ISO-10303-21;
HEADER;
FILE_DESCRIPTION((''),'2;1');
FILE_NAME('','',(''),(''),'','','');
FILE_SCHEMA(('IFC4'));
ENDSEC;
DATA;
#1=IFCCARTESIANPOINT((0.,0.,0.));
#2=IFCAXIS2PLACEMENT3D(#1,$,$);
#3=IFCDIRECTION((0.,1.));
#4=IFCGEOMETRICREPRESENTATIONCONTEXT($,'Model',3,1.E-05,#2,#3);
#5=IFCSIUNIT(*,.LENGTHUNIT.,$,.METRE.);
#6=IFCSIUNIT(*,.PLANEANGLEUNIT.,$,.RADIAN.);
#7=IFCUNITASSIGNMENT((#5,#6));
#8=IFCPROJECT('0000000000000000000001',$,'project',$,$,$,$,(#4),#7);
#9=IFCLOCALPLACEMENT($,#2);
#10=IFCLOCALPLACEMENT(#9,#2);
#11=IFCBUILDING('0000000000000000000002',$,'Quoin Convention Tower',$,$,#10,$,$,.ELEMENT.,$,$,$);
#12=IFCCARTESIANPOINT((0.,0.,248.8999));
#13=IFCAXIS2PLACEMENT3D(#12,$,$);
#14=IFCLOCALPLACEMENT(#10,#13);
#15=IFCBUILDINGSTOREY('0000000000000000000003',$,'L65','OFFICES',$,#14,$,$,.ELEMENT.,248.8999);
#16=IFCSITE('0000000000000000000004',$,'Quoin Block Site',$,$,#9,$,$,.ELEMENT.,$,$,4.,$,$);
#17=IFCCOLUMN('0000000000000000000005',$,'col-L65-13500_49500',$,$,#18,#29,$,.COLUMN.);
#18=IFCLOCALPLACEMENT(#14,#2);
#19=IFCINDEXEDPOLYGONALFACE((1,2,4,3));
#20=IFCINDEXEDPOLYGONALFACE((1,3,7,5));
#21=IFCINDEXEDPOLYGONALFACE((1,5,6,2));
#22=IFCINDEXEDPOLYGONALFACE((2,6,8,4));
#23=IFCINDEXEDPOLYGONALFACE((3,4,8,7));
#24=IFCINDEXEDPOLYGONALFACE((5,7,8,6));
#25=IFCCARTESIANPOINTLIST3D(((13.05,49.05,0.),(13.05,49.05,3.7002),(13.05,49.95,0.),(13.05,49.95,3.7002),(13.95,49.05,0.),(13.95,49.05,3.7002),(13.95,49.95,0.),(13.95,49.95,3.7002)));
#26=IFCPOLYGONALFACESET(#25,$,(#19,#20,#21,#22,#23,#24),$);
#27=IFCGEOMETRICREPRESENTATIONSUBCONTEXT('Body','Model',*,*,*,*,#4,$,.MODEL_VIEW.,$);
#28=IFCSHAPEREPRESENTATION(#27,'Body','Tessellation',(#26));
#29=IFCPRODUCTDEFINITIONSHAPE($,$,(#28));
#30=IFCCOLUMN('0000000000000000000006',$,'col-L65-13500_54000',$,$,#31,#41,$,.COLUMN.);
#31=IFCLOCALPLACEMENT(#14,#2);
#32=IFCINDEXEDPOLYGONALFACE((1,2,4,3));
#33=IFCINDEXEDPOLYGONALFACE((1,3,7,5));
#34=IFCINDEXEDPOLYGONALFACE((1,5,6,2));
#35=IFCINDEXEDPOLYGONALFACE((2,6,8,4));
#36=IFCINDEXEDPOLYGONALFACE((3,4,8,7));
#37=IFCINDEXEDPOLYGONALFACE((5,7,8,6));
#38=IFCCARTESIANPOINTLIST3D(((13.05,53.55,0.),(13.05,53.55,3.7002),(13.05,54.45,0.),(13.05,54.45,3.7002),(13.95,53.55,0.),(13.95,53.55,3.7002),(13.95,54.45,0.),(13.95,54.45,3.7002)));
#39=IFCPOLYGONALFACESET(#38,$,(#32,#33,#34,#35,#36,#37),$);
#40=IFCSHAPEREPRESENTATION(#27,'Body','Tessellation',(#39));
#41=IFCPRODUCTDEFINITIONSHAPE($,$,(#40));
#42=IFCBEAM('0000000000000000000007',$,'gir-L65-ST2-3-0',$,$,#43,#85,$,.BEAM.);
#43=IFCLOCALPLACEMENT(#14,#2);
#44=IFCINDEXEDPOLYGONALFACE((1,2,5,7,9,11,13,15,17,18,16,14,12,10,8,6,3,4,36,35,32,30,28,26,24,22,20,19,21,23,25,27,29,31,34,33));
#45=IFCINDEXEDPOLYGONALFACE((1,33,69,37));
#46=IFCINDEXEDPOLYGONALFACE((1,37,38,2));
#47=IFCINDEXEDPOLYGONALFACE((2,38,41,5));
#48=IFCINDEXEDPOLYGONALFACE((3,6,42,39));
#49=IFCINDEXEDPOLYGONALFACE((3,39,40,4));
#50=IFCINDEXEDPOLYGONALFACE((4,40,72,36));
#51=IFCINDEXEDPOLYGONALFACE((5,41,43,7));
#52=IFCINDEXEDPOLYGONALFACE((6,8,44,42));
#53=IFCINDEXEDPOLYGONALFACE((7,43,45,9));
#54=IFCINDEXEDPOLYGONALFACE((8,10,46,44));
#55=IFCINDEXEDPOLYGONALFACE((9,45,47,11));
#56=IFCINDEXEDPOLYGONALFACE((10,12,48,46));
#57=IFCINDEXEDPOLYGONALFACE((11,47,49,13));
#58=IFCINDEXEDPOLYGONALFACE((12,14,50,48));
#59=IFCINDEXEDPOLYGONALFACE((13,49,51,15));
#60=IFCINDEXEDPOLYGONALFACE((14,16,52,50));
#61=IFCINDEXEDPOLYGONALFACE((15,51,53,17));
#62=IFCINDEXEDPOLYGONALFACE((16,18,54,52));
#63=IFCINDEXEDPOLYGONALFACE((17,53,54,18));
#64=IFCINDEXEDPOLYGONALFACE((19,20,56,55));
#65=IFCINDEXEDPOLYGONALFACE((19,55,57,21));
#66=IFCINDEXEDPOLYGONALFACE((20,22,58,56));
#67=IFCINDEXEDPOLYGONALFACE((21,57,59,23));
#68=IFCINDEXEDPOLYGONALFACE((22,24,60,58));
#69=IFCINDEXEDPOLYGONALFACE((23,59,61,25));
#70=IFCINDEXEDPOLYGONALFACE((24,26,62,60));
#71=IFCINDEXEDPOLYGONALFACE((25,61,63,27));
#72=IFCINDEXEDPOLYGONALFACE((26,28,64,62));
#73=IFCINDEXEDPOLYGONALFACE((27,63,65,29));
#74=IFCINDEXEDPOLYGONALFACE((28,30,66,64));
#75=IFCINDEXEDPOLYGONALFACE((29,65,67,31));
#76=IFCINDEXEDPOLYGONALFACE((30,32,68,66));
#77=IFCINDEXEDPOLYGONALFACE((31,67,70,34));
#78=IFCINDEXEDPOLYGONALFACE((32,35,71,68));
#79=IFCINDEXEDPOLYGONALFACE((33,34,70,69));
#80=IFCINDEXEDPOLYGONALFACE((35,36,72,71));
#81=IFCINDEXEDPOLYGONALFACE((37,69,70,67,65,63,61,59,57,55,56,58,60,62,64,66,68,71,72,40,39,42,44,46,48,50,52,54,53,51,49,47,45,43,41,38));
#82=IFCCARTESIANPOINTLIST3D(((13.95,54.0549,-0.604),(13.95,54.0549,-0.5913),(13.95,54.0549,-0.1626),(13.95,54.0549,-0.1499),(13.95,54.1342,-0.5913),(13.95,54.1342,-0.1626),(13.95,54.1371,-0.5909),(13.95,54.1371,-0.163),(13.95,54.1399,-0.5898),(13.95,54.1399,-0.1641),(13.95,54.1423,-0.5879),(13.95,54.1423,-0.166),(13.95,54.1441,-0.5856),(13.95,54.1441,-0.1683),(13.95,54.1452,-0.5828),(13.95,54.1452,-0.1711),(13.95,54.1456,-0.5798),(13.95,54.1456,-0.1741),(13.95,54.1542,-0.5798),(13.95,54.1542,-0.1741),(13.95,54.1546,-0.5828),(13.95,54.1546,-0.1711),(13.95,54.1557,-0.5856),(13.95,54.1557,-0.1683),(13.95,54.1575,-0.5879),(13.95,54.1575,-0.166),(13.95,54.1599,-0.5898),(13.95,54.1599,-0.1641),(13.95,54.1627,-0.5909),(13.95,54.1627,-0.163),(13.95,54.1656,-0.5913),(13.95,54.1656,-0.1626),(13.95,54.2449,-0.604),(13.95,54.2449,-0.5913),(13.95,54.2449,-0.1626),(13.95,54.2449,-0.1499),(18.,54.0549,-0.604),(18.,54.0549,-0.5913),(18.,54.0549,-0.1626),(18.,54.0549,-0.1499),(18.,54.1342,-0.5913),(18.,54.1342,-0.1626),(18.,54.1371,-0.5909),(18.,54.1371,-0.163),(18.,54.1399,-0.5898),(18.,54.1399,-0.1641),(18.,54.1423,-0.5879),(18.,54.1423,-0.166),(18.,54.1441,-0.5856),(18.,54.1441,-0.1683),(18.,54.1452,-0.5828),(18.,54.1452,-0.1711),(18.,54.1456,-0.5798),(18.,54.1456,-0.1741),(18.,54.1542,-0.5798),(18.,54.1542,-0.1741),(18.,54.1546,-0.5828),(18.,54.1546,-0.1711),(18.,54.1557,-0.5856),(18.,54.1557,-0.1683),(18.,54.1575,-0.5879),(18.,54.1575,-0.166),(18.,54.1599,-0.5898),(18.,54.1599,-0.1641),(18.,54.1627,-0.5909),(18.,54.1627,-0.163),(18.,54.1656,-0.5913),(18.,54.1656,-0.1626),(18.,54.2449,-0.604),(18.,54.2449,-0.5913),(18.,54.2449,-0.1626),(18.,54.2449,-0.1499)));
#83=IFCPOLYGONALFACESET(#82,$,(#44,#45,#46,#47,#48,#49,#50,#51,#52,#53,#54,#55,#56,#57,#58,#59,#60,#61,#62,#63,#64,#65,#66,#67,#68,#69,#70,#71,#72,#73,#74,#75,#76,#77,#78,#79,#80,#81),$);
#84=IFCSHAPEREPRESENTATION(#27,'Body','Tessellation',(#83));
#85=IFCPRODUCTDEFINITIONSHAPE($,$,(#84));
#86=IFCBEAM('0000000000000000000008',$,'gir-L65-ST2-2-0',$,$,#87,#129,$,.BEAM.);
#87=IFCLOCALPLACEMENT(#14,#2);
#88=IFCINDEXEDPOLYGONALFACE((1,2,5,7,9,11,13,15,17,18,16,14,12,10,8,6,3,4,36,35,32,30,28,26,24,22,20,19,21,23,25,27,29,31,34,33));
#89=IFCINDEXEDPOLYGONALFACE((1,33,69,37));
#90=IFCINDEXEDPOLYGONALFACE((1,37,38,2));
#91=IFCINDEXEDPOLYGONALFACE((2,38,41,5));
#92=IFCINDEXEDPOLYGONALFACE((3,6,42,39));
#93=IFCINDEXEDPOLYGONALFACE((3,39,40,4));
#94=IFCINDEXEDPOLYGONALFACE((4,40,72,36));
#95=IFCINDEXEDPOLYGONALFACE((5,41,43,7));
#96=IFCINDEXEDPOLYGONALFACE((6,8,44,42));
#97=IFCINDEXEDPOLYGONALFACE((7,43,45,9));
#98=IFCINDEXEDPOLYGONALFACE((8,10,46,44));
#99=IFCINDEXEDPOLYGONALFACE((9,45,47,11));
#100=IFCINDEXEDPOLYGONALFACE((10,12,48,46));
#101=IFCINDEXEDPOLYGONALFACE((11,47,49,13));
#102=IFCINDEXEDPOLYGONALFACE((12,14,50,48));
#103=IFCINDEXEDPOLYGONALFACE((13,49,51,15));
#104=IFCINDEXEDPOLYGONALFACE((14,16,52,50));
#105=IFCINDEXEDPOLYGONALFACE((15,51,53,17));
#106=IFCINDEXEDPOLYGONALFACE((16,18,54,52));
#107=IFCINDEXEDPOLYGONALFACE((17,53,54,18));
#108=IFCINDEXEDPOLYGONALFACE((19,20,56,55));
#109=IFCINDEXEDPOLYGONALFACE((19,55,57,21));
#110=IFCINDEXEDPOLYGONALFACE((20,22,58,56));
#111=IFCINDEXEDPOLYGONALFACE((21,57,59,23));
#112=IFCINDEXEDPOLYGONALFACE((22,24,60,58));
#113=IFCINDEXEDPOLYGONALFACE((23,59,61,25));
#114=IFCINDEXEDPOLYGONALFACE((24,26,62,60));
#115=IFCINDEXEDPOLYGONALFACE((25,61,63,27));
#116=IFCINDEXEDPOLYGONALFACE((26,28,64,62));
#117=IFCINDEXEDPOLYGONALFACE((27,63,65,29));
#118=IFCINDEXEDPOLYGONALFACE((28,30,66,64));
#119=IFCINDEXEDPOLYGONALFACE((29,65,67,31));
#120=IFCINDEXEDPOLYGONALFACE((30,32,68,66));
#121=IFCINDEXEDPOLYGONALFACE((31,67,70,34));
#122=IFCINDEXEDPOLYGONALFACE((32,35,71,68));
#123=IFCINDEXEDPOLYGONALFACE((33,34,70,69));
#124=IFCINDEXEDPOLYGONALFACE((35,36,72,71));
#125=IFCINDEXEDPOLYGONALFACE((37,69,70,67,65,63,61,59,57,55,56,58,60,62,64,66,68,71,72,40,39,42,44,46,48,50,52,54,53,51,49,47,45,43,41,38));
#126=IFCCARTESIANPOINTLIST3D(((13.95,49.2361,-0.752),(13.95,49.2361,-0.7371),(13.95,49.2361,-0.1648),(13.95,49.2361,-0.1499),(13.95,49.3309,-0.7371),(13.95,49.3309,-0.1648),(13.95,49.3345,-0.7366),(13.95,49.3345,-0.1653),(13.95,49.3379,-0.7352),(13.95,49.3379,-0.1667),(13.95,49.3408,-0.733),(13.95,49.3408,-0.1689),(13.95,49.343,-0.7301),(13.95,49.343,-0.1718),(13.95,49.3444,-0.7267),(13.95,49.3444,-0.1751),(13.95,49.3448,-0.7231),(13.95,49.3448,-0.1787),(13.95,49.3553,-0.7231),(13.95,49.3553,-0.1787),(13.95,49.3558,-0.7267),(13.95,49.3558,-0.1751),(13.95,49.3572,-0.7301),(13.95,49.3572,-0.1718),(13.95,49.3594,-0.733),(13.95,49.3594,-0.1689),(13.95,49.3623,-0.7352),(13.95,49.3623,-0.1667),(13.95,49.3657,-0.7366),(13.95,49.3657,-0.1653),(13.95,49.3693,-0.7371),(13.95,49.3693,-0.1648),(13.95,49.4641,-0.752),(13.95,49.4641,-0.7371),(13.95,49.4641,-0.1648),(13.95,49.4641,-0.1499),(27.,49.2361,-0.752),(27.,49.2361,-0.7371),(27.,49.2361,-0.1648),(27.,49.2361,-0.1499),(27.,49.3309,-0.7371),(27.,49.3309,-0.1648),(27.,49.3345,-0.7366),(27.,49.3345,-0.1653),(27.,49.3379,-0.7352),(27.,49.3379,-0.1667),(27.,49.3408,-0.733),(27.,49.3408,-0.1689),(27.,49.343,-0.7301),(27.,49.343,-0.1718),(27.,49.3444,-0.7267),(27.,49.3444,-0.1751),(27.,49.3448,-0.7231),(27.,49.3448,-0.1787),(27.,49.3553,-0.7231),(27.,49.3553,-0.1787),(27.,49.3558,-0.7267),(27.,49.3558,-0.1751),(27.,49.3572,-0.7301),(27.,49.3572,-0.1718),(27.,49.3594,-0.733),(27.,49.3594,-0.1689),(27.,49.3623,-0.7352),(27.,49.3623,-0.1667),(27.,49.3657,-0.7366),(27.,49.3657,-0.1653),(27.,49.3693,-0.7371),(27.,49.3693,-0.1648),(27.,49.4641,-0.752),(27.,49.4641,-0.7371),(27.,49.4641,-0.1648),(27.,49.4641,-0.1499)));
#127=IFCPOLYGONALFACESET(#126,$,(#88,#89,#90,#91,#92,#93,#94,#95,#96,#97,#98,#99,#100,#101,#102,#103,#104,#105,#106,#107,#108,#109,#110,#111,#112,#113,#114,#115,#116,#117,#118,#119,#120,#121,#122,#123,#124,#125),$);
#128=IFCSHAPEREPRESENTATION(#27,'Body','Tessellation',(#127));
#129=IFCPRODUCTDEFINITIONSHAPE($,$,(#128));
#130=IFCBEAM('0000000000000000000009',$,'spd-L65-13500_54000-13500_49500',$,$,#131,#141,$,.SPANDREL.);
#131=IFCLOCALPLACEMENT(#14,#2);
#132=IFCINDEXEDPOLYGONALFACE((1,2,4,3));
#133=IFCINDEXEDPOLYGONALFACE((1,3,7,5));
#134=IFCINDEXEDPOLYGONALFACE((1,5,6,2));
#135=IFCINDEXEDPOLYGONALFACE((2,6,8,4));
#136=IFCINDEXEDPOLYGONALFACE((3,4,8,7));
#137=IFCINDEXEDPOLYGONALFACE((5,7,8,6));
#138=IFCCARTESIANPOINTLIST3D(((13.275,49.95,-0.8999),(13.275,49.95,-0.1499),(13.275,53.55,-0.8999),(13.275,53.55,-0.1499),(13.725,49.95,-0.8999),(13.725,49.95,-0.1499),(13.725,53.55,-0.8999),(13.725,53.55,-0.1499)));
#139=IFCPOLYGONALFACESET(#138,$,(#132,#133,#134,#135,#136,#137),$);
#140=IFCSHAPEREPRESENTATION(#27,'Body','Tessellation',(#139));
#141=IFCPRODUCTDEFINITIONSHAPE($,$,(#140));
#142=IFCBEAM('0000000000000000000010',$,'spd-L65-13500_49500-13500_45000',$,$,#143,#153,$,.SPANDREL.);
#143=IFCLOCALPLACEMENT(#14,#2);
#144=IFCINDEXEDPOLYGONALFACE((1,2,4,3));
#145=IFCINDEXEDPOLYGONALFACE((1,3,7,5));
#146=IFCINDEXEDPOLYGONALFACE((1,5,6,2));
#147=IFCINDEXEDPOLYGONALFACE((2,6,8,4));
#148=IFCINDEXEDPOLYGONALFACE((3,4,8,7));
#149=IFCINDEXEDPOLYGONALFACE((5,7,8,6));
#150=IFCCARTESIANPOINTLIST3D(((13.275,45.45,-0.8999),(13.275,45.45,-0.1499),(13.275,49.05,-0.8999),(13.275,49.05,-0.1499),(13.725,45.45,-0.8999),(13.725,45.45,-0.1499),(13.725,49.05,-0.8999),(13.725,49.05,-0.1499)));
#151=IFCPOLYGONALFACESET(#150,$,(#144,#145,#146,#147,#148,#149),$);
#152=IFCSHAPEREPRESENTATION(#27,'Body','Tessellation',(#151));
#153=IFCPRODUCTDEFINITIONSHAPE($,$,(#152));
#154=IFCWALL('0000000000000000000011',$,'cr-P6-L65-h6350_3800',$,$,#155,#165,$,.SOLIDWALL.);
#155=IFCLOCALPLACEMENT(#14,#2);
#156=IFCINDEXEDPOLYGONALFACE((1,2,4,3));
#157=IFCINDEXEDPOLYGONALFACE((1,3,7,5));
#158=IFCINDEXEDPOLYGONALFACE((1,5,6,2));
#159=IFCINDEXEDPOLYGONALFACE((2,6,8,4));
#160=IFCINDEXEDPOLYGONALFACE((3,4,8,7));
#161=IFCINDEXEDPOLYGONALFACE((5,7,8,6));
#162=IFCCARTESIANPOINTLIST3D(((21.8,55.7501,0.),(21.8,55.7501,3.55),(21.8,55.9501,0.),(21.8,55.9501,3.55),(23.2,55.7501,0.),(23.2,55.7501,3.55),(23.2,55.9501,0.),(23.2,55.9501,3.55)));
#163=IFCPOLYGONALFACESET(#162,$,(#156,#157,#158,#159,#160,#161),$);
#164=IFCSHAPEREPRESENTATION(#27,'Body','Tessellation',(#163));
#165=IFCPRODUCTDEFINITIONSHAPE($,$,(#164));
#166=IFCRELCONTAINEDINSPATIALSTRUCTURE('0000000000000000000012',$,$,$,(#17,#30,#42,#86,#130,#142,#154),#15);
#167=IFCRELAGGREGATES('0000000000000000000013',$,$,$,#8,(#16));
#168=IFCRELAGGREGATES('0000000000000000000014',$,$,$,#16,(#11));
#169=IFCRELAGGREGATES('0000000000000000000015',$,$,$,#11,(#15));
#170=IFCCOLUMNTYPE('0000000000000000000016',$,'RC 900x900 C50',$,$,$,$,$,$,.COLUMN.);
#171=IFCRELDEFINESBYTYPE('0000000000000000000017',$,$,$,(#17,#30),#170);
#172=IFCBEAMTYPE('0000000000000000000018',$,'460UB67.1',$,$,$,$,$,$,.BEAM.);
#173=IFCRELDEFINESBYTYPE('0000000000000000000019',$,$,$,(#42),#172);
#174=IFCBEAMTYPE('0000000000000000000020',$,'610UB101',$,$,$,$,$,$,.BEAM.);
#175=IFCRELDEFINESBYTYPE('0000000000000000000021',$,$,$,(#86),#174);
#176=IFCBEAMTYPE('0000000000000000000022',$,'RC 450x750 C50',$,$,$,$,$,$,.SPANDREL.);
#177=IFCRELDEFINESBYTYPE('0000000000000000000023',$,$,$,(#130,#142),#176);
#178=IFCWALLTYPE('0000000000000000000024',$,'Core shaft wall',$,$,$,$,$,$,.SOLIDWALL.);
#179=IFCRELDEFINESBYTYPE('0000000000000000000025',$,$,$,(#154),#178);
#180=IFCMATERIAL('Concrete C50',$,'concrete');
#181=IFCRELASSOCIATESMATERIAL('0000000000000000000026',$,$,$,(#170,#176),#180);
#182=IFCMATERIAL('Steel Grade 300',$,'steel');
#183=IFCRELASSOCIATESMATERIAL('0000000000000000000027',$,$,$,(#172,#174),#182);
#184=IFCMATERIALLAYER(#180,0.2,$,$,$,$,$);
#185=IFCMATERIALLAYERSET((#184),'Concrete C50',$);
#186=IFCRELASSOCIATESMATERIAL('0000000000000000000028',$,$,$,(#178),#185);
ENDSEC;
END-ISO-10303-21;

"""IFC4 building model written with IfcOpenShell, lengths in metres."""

from ifc_helpers import new_model, si_unit, direction, frame, frame_2d, origin, origin_2d, place, context, subcontext, project, spatial, rectangle, i_section, extrude, material, layer, layer_set, material_profile, profile_set, type_object, element, save


model = new_model("IFC4")

# Units and contexts
model_context = context("Model", 3, precision=1e-05, world=origin(), true_north=direction((0.0, 1.0)))
body_context = subcontext(model_context, "Body", "Model", "MODEL_VIEW")
ifc_project = project(units=[si_unit("LENGTHUNIT", "METRE"), si_unit("PLANEANGLEUNIT", "RADIAN")], contexts=[model_context])

# Site, building, storey
site_placement = place(None, origin())
site = spatial("IfcSite", under=ifc_project, at=site_placement, Name="Quoin Block Site", CompositionType="ELEMENT", RefElevation=4.0)
building_placement = place(site_placement, origin())
building = spatial("IfcBuilding", under=site, at=building_placement, Name="Quoin Convention Tower", CompositionType="ELEMENT")
storey_placement = place(building_placement, frame((0.0, 0.0, 248.8999)))
storey = spatial("IfcBuildingStorey", under=building, at=storey_placement, Name="L65", Description="OFFICES", CompositionType="ELEMENT", Elevation=248.8999)

# Columns
ifc_material_1 = material(Name="Concrete C50", Category="concrete")
ifc_material_profile_1 = material_profile(ifc_material_1, rectangle(XDim=0.8999, YDim=0.8999, at=origin_2d()), Name="RC 900x900")
ifc_profile_set_1 = profile_set([ifc_material_profile_1], Name="Concrete C50")
column_type = type_object("IfcColumnType", Name="RC 900x900 C50", PredefinedType="COLUMN", material=ifc_profile_set_1)
for number, where, z_axis, x_axis, name in (
    (1, (13.5, 49.5, 0.0), (0.0, 0.0, 1.0), (1.0, 0.0, 0.0), "col-L65-13500_49500"),
    (2, (13.5, 54.0, 0.0), (0.0, 0.0, 1.0), (1.0, 0.0, 0.0), "col-L65-13500_54000"),
):
    element("IfcColumn", number, at=place(storey_placement, frame(where, z_axis=z_axis, x_axis=x_axis)), inside=storey, type_object=column_type, Name=name, PredefinedType="COLUMN", context=body_context, shape_type="SweptSolid", body=[
        extrude(rectangle(XDim=0.8999, YDim=0.8999, at=origin_2d()), origin(), (0.0, 0.0, 1.0), 3.7002),
    ])

# Beams
ifc_material_2 = material(Name="Steel Grade 300", Category="steel")
ifc_material_profile_2 = material_profile(ifc_material_2, i_section(OverallWidth=0.1899, OverallDepth=0.4541, WebThickness=0.0085, FlangeThickness=0.0127, FilletRadius=0.0115, at=origin_2d()), Name="460UB67.1")
ifc_profile_set_2 = profile_set([ifc_material_profile_2], Name="Steel Grade 300")
beam_type_1 = type_object("IfcBeamType", Name="460UB67.1", PredefinedType="BEAM", material=ifc_profile_set_2)
beam_1_placement = place(storey_placement, frame((13.95, 54.1499, -0.377), z_axis=(1.0, 0.0, 0.0), x_axis=(0.0, 1.0, 0.0)))
element("IfcBeam", 3, at=beam_1_placement, inside=storey, type_object=beam_type_1, Name="gir-L65-ST2-3-0", PredefinedType="BEAM", context=body_context, shape_type="SweptSolid", body=[
    extrude(i_section(OverallWidth=0.1899, OverallDepth=0.4541, WebThickness=0.0085, FlangeThickness=0.0127, FilletRadius=0.0115, at=origin_2d()), origin(), (0.0, 0.0, 1.0), 4.05),
])
ifc_material_profile_3 = material_profile(ifc_material_2, i_section(OverallWidth=0.228, OverallDepth=0.6021, WebThickness=0.0105, FlangeThickness=0.0149, FilletRadius=0.0139, at=origin_2d()), Name="610UB101")
ifc_profile_set_3 = profile_set([ifc_material_profile_3], Name="Steel Grade 300")
beam_type_2 = type_object("IfcBeamType", Name="610UB101", PredefinedType="BEAM", material=ifc_profile_set_3)
beam_2_placement = place(storey_placement, frame((13.95, 49.3501, -0.4509), z_axis=(1.0, 0.0, 0.0), x_axis=(0.0, 1.0, 0.0)))
element("IfcBeam", 4, at=beam_2_placement, inside=storey, type_object=beam_type_2, Name="gir-L65-ST2-2-0", PredefinedType="BEAM", context=body_context, shape_type="SweptSolid", body=[
    extrude(i_section(OverallWidth=0.228, OverallDepth=0.6021, WebThickness=0.0105, FlangeThickness=0.0149, FilletRadius=0.0139, at=origin_2d()), origin(), (0.0, 0.0, 1.0), 13.05),
])
ifc_material_profile_4 = material_profile(ifc_material_1, rectangle(XDim=0.45, YDim=0.75, at=origin_2d()), Name="RC 450x750")
ifc_profile_set_4 = profile_set([ifc_material_profile_4], Name="Concrete C50")
beam_type_3 = type_object("IfcBeamType", Name="RC 450x750 C50", PredefinedType="SPANDREL", material=ifc_profile_set_4)
for number, where, z_axis, x_axis, name in (
    (5, (13.5, 53.55, -0.5249), (0.0, -1.0, 0.0), (1.0, 0.0, 0.0), "spd-L65-13500_54000-13500_49500"),
    (6, (13.5, 49.05, -0.5249), (0.0, -1.0, 0.0), (1.0, 0.0, 0.0), "spd-L65-13500_49500-13500_45000"),
):
    element("IfcBeam", number, at=place(storey_placement, frame(where, z_axis=z_axis, x_axis=x_axis)), inside=storey, type_object=beam_type_3, Name=name, PredefinedType="SPANDREL", context=body_context, shape_type="SweptSolid", body=[
        extrude(rectangle(XDim=0.45, YDim=0.75, at=origin_2d()), origin(), (0.0, 0.0, 1.0), 3.6001),
    ])

# Wall
ifc_layer_1 = layer(ifc_material_1, 0.2)
ifc_layer_set_1 = layer_set([ifc_layer_1], Name="Concrete C50")
wall_type_1 = type_object("IfcWallType", Name="Core shaft wall", PredefinedType="SOLIDWALL", material=ifc_layer_set_1)
wall_1_placement = place(storey_placement, frame((21.8, 55.8501, 0.0), z_axis=(0.0, 0.0, 1.0), x_axis=(1.0, 0.0, 0.0)))
element("IfcWall", 7, at=wall_1_placement, inside=storey, type_object=wall_type_1, Name="cr-P6-L65-h6350_3800", PredefinedType="SOLIDWALL", context=body_context, shape_type="SweptSolid", body=[
    extrude(rectangle(XDim=1.3999, YDim=0.2, at=frame_2d((0.7, 0.0))), origin(), (0.0, 0.0, 1.0), 3.55),
])

save(model, "model.ifc")
